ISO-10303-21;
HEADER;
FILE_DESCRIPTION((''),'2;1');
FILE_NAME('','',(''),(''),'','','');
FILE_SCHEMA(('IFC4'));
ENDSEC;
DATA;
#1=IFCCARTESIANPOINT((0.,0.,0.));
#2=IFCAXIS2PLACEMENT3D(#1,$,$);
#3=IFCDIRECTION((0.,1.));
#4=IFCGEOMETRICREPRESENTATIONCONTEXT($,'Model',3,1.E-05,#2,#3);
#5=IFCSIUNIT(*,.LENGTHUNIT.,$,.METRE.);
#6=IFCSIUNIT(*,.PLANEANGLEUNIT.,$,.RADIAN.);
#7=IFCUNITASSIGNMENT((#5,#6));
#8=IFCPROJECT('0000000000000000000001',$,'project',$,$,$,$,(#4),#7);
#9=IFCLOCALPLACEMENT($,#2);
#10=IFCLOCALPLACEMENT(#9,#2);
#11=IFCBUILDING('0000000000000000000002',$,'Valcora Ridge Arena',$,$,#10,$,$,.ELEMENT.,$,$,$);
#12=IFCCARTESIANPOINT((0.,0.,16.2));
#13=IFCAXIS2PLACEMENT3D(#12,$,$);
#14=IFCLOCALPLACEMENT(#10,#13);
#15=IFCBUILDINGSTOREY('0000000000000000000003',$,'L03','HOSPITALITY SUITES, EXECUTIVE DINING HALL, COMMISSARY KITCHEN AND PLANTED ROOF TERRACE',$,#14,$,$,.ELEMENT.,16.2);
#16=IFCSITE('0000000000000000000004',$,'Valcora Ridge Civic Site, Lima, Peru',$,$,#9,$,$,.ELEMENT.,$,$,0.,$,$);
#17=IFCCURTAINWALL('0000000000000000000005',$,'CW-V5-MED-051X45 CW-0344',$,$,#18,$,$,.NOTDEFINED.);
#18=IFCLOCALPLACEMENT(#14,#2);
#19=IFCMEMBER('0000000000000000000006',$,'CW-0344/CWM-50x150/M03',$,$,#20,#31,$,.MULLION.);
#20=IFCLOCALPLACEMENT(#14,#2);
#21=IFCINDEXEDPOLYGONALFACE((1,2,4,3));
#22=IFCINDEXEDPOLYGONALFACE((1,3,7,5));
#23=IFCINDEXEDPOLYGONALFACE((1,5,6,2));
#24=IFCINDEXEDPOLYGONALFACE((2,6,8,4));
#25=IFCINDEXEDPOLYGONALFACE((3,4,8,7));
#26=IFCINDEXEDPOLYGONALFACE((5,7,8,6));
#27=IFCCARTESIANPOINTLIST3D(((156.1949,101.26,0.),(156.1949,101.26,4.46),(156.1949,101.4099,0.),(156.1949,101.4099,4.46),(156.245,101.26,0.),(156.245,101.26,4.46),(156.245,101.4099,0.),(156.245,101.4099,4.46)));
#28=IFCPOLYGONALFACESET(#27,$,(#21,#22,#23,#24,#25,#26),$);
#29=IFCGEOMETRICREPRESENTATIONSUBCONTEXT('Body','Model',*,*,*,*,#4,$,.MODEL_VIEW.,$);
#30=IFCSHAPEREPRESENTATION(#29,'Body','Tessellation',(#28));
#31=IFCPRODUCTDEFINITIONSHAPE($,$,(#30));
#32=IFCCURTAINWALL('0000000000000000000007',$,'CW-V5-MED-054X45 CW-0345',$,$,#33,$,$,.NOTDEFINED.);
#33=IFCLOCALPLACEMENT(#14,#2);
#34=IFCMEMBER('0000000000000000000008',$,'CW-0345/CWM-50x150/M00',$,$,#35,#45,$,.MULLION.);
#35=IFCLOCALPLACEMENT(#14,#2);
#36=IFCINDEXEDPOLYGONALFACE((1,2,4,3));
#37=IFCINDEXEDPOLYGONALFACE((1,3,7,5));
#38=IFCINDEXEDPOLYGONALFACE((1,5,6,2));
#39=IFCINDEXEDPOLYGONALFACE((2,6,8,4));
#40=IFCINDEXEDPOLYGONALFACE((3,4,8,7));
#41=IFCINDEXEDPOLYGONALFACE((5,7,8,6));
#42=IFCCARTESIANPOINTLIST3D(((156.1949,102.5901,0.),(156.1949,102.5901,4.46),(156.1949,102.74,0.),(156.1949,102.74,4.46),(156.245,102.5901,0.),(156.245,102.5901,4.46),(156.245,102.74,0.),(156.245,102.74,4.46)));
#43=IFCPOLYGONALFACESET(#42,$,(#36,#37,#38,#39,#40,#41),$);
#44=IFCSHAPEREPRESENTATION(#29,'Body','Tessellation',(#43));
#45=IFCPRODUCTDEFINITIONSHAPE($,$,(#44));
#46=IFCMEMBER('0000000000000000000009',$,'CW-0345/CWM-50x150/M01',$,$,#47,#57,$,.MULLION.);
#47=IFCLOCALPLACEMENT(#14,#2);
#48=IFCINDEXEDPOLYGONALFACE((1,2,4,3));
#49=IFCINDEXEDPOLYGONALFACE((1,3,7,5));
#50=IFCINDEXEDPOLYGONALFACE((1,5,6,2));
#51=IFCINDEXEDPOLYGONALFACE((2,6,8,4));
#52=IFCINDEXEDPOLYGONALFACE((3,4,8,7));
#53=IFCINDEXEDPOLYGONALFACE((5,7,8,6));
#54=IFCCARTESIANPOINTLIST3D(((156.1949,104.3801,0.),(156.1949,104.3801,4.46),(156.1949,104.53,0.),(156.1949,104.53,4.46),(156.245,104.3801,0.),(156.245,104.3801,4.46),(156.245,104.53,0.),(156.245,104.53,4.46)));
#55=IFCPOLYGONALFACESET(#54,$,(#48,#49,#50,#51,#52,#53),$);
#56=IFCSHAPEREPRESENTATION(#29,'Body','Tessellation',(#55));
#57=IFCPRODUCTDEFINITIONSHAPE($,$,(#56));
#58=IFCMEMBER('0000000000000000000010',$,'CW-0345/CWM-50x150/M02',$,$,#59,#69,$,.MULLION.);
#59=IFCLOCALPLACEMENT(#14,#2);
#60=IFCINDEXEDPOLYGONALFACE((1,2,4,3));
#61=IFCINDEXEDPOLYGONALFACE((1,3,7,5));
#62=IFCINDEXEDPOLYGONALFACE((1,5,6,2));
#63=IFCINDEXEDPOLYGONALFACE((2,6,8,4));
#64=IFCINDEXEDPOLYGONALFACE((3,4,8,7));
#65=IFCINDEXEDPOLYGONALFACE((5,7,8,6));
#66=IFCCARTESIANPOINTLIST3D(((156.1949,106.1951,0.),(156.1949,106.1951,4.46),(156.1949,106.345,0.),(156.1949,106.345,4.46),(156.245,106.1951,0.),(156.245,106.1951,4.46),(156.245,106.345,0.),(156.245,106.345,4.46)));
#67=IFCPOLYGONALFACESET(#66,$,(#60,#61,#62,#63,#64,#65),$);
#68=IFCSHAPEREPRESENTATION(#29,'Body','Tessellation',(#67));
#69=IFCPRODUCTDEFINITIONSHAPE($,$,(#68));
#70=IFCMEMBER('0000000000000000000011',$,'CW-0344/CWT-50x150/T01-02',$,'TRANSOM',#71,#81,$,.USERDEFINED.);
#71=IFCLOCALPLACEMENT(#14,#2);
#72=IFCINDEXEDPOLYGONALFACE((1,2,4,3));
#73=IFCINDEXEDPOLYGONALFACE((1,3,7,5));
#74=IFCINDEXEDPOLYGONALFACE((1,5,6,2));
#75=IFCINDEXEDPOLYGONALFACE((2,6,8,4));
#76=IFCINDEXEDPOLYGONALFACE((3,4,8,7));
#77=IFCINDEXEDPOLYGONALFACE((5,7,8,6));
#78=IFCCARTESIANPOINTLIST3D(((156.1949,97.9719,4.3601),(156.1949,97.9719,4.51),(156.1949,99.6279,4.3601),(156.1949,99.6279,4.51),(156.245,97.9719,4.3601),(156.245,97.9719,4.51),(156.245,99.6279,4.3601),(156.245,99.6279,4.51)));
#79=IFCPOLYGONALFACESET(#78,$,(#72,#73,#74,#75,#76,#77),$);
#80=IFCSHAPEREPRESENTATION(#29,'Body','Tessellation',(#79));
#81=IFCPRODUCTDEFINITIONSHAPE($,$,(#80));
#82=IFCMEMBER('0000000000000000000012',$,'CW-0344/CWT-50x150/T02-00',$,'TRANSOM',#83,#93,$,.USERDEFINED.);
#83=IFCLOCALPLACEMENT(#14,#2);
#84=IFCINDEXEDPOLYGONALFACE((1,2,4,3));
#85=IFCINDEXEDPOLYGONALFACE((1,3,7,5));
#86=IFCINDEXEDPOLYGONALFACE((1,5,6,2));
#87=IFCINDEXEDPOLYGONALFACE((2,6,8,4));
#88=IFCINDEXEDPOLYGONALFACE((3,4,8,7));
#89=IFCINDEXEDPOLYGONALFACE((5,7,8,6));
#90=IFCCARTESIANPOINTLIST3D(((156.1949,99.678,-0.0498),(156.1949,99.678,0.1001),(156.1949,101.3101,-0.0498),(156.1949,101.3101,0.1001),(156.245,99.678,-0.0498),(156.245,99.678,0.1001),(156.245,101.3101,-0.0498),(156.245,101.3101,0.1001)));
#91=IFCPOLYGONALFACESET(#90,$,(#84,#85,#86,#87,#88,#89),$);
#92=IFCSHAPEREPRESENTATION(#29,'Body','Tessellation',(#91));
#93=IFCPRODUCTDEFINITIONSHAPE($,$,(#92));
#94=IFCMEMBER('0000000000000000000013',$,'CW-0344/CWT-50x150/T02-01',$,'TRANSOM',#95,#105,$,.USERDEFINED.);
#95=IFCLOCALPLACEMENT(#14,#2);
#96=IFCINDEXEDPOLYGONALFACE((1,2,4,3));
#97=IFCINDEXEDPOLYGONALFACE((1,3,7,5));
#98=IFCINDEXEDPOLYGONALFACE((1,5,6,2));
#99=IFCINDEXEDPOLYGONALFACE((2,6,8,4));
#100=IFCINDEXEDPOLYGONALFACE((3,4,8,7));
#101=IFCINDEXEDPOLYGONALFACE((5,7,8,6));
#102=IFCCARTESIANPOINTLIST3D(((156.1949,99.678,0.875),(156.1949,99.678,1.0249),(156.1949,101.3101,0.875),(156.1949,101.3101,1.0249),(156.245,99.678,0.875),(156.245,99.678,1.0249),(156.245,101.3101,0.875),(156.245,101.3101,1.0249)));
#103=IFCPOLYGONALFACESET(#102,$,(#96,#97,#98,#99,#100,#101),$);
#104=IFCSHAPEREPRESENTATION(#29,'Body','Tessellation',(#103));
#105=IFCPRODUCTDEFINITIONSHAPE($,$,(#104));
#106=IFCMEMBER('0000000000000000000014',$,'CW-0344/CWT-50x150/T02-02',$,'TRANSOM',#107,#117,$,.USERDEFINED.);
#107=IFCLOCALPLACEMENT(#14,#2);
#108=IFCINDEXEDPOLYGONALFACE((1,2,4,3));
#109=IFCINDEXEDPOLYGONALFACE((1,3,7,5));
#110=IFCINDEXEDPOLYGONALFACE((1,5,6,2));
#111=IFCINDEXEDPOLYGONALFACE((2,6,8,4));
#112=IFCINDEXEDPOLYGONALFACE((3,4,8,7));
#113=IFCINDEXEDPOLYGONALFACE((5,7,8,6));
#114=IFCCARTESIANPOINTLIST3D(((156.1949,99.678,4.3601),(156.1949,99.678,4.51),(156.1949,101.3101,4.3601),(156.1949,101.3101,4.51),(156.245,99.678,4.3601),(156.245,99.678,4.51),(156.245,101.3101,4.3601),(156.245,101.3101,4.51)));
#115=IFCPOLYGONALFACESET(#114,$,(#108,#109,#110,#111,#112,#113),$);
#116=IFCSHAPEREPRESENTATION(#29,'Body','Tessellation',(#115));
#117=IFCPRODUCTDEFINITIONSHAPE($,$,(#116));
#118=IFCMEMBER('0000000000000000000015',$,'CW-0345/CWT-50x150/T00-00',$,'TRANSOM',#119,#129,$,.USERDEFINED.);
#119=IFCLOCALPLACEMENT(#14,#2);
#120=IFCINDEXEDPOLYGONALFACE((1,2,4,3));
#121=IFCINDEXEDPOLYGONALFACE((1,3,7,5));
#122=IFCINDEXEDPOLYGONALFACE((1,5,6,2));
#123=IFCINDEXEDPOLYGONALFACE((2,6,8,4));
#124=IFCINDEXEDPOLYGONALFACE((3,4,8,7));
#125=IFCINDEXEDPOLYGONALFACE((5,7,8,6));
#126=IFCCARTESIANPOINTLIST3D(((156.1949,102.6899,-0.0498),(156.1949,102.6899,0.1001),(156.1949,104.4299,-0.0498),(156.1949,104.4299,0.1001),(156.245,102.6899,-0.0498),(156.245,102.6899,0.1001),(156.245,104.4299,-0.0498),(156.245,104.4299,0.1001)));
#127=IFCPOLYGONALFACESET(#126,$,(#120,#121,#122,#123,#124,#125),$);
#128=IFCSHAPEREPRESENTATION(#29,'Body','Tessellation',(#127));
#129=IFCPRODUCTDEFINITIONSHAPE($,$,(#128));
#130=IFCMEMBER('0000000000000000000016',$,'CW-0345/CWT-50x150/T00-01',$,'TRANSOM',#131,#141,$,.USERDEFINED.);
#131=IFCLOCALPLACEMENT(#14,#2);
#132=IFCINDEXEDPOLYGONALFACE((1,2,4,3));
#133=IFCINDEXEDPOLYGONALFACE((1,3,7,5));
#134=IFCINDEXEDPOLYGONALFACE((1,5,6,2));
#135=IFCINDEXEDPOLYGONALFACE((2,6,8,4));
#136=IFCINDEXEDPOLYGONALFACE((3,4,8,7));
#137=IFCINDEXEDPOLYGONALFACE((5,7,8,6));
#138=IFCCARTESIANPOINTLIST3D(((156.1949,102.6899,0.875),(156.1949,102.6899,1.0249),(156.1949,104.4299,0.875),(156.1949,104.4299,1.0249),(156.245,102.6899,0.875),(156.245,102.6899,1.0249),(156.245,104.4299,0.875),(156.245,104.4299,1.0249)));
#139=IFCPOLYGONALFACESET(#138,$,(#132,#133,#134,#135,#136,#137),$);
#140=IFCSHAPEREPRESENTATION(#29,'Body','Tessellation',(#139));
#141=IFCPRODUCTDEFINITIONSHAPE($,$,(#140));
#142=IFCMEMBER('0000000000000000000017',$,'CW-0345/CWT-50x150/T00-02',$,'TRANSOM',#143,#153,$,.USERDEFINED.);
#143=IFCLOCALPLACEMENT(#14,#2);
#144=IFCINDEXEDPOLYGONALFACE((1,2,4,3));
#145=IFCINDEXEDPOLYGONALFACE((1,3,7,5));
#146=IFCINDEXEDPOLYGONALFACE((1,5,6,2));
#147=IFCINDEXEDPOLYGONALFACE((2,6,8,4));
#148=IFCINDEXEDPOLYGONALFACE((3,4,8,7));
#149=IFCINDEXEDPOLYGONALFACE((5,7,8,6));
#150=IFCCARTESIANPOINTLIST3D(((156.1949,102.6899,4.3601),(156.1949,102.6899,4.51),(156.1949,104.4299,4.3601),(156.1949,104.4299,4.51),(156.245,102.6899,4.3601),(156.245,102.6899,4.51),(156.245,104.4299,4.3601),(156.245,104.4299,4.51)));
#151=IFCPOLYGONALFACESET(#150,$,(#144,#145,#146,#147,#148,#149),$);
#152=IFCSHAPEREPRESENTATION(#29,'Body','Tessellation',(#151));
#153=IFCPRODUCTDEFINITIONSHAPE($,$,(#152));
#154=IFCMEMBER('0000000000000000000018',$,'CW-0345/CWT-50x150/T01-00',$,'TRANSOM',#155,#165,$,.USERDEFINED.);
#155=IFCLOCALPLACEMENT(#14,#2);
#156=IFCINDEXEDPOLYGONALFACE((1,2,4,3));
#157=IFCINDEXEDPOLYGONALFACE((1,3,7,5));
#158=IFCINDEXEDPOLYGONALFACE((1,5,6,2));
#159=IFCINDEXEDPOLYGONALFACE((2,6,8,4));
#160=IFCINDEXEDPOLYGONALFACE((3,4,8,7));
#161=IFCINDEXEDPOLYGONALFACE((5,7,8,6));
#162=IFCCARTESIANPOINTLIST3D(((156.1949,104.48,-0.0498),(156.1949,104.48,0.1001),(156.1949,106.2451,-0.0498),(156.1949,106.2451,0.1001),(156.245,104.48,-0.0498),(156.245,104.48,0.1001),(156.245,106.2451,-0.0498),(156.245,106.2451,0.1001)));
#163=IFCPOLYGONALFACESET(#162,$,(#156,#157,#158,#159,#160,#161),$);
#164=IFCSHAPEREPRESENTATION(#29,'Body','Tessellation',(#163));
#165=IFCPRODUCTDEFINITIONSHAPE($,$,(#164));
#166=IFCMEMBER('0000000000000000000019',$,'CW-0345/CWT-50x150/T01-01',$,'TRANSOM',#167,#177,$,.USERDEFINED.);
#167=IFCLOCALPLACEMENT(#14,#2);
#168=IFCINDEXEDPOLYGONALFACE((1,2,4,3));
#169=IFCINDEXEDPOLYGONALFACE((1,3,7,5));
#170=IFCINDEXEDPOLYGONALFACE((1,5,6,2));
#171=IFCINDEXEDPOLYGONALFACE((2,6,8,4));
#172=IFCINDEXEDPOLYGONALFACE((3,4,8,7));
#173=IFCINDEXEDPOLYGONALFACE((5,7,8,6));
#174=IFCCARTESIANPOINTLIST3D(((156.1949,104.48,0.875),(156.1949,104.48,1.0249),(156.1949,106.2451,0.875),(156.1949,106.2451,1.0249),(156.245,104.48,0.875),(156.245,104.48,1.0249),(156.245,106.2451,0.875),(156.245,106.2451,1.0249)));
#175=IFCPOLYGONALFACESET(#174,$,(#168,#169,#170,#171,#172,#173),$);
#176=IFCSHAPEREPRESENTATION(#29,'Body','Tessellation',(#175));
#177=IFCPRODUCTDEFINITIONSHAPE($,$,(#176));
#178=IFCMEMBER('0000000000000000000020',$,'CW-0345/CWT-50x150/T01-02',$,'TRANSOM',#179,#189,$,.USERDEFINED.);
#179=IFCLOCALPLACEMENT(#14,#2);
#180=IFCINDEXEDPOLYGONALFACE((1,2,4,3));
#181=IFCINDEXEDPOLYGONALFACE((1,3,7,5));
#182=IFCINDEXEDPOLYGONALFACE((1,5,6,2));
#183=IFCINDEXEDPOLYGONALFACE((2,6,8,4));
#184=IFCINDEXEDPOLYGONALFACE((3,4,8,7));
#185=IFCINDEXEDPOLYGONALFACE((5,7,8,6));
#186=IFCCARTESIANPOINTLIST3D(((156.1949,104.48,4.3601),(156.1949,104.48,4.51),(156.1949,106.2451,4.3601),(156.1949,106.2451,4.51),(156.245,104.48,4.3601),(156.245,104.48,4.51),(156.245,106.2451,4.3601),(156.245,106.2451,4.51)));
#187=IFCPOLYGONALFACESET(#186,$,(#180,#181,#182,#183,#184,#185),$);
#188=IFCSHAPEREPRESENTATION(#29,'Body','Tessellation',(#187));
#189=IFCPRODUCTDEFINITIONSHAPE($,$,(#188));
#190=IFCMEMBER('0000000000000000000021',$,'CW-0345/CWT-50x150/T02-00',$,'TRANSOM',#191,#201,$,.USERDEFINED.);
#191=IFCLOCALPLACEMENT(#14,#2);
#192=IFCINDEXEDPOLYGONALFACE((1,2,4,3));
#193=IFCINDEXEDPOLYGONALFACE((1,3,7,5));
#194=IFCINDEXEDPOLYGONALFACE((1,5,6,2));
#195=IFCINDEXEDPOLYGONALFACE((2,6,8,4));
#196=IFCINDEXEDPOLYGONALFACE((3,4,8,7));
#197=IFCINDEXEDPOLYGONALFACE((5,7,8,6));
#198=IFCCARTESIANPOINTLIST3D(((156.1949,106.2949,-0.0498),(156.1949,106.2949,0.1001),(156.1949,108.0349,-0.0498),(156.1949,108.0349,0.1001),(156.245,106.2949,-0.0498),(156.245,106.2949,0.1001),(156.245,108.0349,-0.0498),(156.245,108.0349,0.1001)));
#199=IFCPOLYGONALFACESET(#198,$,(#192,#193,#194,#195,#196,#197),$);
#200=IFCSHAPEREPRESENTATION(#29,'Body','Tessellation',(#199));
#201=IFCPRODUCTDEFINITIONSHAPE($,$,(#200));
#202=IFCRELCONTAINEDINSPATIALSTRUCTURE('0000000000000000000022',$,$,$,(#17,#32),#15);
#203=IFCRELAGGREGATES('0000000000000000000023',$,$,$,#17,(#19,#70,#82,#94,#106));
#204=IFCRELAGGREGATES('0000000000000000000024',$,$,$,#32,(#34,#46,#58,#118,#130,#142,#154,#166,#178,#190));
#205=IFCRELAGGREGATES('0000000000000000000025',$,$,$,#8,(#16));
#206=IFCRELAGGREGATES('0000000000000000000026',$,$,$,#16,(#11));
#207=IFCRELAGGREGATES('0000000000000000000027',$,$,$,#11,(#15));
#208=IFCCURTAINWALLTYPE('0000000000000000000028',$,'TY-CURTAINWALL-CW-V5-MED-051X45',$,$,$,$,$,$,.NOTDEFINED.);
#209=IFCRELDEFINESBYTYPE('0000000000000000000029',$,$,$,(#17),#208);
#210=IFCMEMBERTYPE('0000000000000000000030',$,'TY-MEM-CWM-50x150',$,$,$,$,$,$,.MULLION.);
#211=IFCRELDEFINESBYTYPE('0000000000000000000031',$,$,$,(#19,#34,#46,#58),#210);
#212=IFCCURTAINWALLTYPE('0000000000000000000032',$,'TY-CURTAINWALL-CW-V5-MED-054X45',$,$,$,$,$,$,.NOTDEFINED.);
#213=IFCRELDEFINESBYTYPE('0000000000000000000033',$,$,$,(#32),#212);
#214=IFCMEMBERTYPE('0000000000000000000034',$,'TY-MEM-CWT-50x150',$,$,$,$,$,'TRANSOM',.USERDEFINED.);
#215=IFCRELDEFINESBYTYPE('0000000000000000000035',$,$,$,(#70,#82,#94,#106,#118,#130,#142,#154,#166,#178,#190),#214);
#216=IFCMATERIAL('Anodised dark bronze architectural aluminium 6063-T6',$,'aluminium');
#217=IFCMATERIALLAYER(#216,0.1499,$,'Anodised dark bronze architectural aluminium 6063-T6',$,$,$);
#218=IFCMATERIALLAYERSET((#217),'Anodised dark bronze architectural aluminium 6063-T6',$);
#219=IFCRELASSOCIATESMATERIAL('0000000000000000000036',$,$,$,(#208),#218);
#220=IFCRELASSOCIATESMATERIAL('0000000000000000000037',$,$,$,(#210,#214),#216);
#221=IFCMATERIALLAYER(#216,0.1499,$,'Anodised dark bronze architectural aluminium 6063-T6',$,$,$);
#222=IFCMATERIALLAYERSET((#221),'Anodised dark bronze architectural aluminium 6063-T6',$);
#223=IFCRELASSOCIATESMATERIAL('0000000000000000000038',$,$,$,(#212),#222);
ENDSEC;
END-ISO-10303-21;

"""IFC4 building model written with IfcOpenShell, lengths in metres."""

from ifc_helpers import new_model, si_unit, direction, frame, origin, origin_2d, place, context, subcontext, project, spatial, rectangle, extrude, material, layer, layer_set, material_profile, profile_set, type_object, element, aggregate, save


model = new_model("IFC4")

# Units and contexts
model_context = context("Model", 3, precision=1e-05, world=origin(), true_north=direction((0.0, 1.0)))
body_context = subcontext(model_context, "Body", "Model", "MODEL_VIEW")
ifc_project = project(units=[si_unit("LENGTHUNIT", "METRE"), si_unit("PLANEANGLEUNIT", "RADIAN")], contexts=[model_context])

# Site, building, storey
site_placement = place(None, origin())
site = spatial("IfcSite", under=ifc_project, at=site_placement, Name="Valcora Ridge Civic Site, Lima, Peru", CompositionType="ELEMENT", RefElevation=0.0)
building_placement = place(site_placement, origin())
building = spatial("IfcBuilding", under=site, at=building_placement, Name="Valcora Ridge Arena", CompositionType="ELEMENT")
storey_placement = place(building_placement, frame((0.0, 0.0, 16.2)))
storey = spatial("IfcBuildingStorey", under=building, at=storey_placement, Name="L03", Description="HOSPITALITY SUITES, EXECUTIVE DINING HALL, COMMISSARY KITCHEN AND PLANTED ROOF TERRACE", CompositionType="ELEMENT", Elevation=16.2)

# Curtain walls, members
ifc_material_1 = material(Name="Anodised dark bronze architectural aluminium 6063-T6", Category="aluminium")
ifc_layer_1 = layer(ifc_material_1, 0.1499, Name="Anodised dark bronze architectural aluminium 6063-T6")
ifc_layer_set_1 = layer_set([ifc_layer_1], Name="Anodised dark bronze architectural aluminium 6063-T6")
curtain_wall_type_1 = type_object("IfcCurtainWallType", Name="TY-CURTAINWALL-CW-V5-MED-051X45", PredefinedType="NOTDEFINED", material=ifc_layer_set_1)
curtain_wall_1_placement = place(storey_placement, origin())
curtain_wall_1 = element("IfcCurtainWall", 1, at=curtain_wall_1_placement, inside=storey, type_object=curtain_wall_type_1, Name="CW-V5-MED-051X45 CW-0344", PredefinedType="NOTDEFINED")
ifc_material_profile_1 = material_profile(ifc_material_1, rectangle(XDim=0.05, YDim=0.1499, at=origin_2d()), Name="ALU MULLION 50x150")
ifc_profile_set_1 = profile_set([ifc_material_profile_1], Name="Anodised dark bronze architectural aluminium 6063-T6")
member_type_1 = type_object("IfcMemberType", Name="TY-MEM-CWM-50x150", PredefinedType="MULLION", material=ifc_profile_set_1)
member_1_placement = place(storey_placement, frame((156.22, 101.335, 0.0), z_axis=(0.0, 0.0, 1.0), x_axis=(-1.0, 0.0, 0.0)))
member_1 = element("IfcMember", 2, at=member_1_placement, type_object=member_type_1, Name="CW-0344/CWM-50x150/M03", PredefinedType="MULLION", context=body_context, shape_type="SweptSolid", body=[
    extrude(rectangle(XDim=0.05, YDim=0.1499, at=origin_2d()), origin(), (0.0, 0.0, 1.0), 4.46),
])
ifc_layer_2 = layer(ifc_material_1, 0.1499, Name="Anodised dark bronze architectural aluminium 6063-T6")
ifc_layer_set_2 = layer_set([ifc_layer_2], Name="Anodised dark bronze architectural aluminium 6063-T6")
curtain_wall_type_2 = type_object("IfcCurtainWallType", Name="TY-CURTAINWALL-CW-V5-MED-054X45", PredefinedType="NOTDEFINED", material=ifc_layer_set_2)
curtain_wall_2_placement = place(storey_placement, origin())
curtain_wall_2 = element("IfcCurtainWall", 3, at=curtain_wall_2_placement, inside=storey, type_object=curtain_wall_type_2, Name="CW-V5-MED-054X45 CW-0345", PredefinedType="NOTDEFINED")
member_2_placement = place(storey_placement, frame((156.22, 102.665, 0.0), z_axis=(0.0, 0.0, 1.0), x_axis=(-1.0, 0.0, 0.0)))
member_2 = element("IfcMember", 4, at=member_2_placement, type_object=member_type_1, Name="CW-0345/CWM-50x150/M00", PredefinedType="MULLION", context=body_context, shape_type="SweptSolid", body=[
    extrude(rectangle(XDim=0.05, YDim=0.1499, at=origin_2d()), origin(), (0.0, 0.0, 1.0), 4.46),
])
member_3_placement = place(storey_placement, frame((156.22, 104.4551, 0.0), z_axis=(0.0, 0.0, 1.0), x_axis=(-1.0, 0.0, 0.0)))
member_3 = element("IfcMember", 5, at=member_3_placement, type_object=member_type_1, Name="CW-0345/CWM-50x150/M01", PredefinedType="MULLION", context=body_context, shape_type="SweptSolid", body=[
    extrude(rectangle(XDim=0.05, YDim=0.1499, at=origin_2d()), origin(), (0.0, 0.0, 1.0), 4.46),
])
member_4_placement = place(storey_placement, frame((156.22, 106.27, 0.0), z_axis=(0.0, 0.0, 1.0), x_axis=(-1.0, 0.0, 0.0)))
member_4 = element("IfcMember", 6, at=member_4_placement, type_object=member_type_1, Name="CW-0345/CWM-50x150/M02", PredefinedType="MULLION", context=body_context, shape_type="SweptSolid", body=[
    extrude(rectangle(XDim=0.05, YDim=0.1499, at=origin_2d()), origin(), (0.0, 0.0, 1.0), 4.46),
])

# Members
ifc_material_profile_2 = material_profile(ifc_material_1, rectangle(XDim=0.05, YDim=0.1499, at=origin_2d()), Name="ALU TRANSOM 50x150")
ifc_profile_set_2 = profile_set([ifc_material_profile_2], Name="Anodised dark bronze architectural aluminium 6063-T6")
member_type_2 = type_object("IfcMemberType", Name="TY-MEM-CWT-50x150", ElementType="TRANSOM", PredefinedType="USERDEFINED", material=ifc_profile_set_2)
member_5_placement = place(storey_placement, frame((156.22, 97.9719, 4.4351), z_axis=(0.0, 1.0, 0.0), x_axis=(-1.0, 0.0, 0.0)))
member_5 = element("IfcMember", 7, at=member_5_placement, type_object=member_type_2, Name="CW-0344/CWT-50x150/T01-02", ObjectType="TRANSOM", PredefinedType="USERDEFINED", context=body_context, shape_type="SweptSolid", body=[
    extrude(rectangle(XDim=0.05, YDim=0.1499, at=origin_2d()), origin(), (0.0, 0.0, 1.0), 1.656),
])
member_6_placement = place(storey_placement, frame((156.22, 99.678, 0.0251), z_axis=(0.0, 1.0, 0.0), x_axis=(-1.0, 0.0, 0.0)))
member_6 = element("IfcMember", 8, at=member_6_placement, type_object=member_type_2, Name="CW-0344/CWT-50x150/T02-00", ObjectType="TRANSOM", PredefinedType="USERDEFINED", context=body_context, shape_type="SweptSolid", body=[
    extrude(rectangle(XDim=0.05, YDim=0.1499, at=origin_2d()), origin(), (0.0, 0.0, 1.0), 1.6321),
])
member_7_placement = place(storey_placement, frame((156.22, 99.678, 0.95), z_axis=(0.0, 1.0, 0.0), x_axis=(-1.0, 0.0, 0.0)))
member_7 = element("IfcMember", 9, at=member_7_placement, type_object=member_type_2, Name="CW-0344/CWT-50x150/T02-01", ObjectType="TRANSOM", PredefinedType="USERDEFINED", context=body_context, shape_type="SweptSolid", body=[
    extrude(rectangle(XDim=0.05, YDim=0.1499, at=origin_2d()), origin(), (0.0, 0.0, 1.0), 1.6321),
])
member_8_placement = place(storey_placement, frame((156.22, 99.678, 4.4351), z_axis=(0.0, 1.0, 0.0), x_axis=(-1.0, 0.0, 0.0)))
member_8 = element("IfcMember", 10, at=member_8_placement, type_object=member_type_2, Name="CW-0344/CWT-50x150/T02-02", ObjectType="TRANSOM", PredefinedType="USERDEFINED", context=body_context, shape_type="SweptSolid", body=[
    extrude(rectangle(XDim=0.05, YDim=0.1499, at=origin_2d()), origin(), (0.0, 0.0, 1.0), 1.6321),
])
member_9_placement = place(storey_placement, frame((156.22, 102.6899, 0.0251), z_axis=(0.0, 1.0, 0.0), x_axis=(-1.0, 0.0, 0.0)))
member_9 = element("IfcMember", 11, at=member_9_placement, type_object=member_type_2, Name="CW-0345/CWT-50x150/T00-00", ObjectType="TRANSOM", PredefinedType="USERDEFINED", context=body_context, shape_type="SweptSolid", body=[
    extrude(rectangle(XDim=0.05, YDim=0.1499, at=origin_2d()), origin(), (0.0, 0.0, 1.0), 1.74),
])
member_10_placement = place(storey_placement, frame((156.22, 102.6899, 0.95), z_axis=(0.0, 1.0, 0.0), x_axis=(-1.0, 0.0, 0.0)))
member_10 = element("IfcMember", 12, at=member_10_placement, type_object=member_type_2, Name="CW-0345/CWT-50x150/T00-01", ObjectType="TRANSOM", PredefinedType="USERDEFINED", context=body_context, shape_type="SweptSolid", body=[
    extrude(rectangle(XDim=0.05, YDim=0.1499, at=origin_2d()), origin(), (0.0, 0.0, 1.0), 1.74),
])
member_11_placement = place(storey_placement, frame((156.22, 102.6899, 4.4351), z_axis=(0.0, 1.0, 0.0), x_axis=(-1.0, 0.0, 0.0)))
member_11 = element("IfcMember", 13, at=member_11_placement, type_object=member_type_2, Name="CW-0345/CWT-50x150/T00-02", ObjectType="TRANSOM", PredefinedType="USERDEFINED", context=body_context, shape_type="SweptSolid", body=[
    extrude(rectangle(XDim=0.05, YDim=0.1499, at=origin_2d()), origin(), (0.0, 0.0, 1.0), 1.74),
])
member_12_placement = place(storey_placement, frame((156.22, 104.48, 0.0251), z_axis=(0.0, 1.0, 0.0), x_axis=(-1.0, 0.0, 0.0)))
member_12 = element("IfcMember", 14, at=member_12_placement, type_object=member_type_2, Name="CW-0345/CWT-50x150/T01-00", ObjectType="TRANSOM", PredefinedType="USERDEFINED", context=body_context, shape_type="SweptSolid", body=[
    extrude(rectangle(XDim=0.05, YDim=0.1499, at=origin_2d()), origin(), (0.0, 0.0, 1.0), 1.7651),
])
member_13_placement = place(storey_placement, frame((156.22, 104.48, 0.95), z_axis=(0.0, 1.0, 0.0), x_axis=(-1.0, 0.0, 0.0)))
member_13 = element("IfcMember", 15, at=member_13_placement, type_object=member_type_2, Name="CW-0345/CWT-50x150/T01-01", ObjectType="TRANSOM", PredefinedType="USERDEFINED", context=body_context, shape_type="SweptSolid", body=[
    extrude(rectangle(XDim=0.05, YDim=0.1499, at=origin_2d()), origin(), (0.0, 0.0, 1.0), 1.7651),
])
member_14_placement = place(storey_placement, frame((156.22, 104.48, 4.4351), z_axis=(0.0, 1.0, 0.0), x_axis=(-1.0, 0.0, 0.0)))
member_14 = element("IfcMember", 16, at=member_14_placement, type_object=member_type_2, Name="CW-0345/CWT-50x150/T01-02", ObjectType="TRANSOM", PredefinedType="USERDEFINED", context=body_context, shape_type="SweptSolid", body=[
    extrude(rectangle(XDim=0.05, YDim=0.1499, at=origin_2d()), origin(), (0.0, 0.0, 1.0), 1.7651),
])
member_15_placement = place(storey_placement, frame((156.22, 106.2949, 0.0251), z_axis=(0.0, 1.0, 0.0), x_axis=(-1.0, 0.0, 0.0)))
member_15 = element("IfcMember", 17, at=member_15_placement, type_object=member_type_2, Name="CW-0345/CWT-50x150/T02-00", ObjectType="TRANSOM", PredefinedType="USERDEFINED", context=body_context, shape_type="SweptSolid", body=[
    extrude(rectangle(XDim=0.05, YDim=0.1499, at=origin_2d()), origin(), (0.0, 0.0, 1.0), 1.74),
])

aggregate(curtain_wall_1, [member_1, member_5, member_6, member_7, member_8])
aggregate(curtain_wall_2, [member_2, member_3, member_4, member_9, member_10, member_11, member_12, member_13, member_14, member_15])

save(model, "model.ifc")
